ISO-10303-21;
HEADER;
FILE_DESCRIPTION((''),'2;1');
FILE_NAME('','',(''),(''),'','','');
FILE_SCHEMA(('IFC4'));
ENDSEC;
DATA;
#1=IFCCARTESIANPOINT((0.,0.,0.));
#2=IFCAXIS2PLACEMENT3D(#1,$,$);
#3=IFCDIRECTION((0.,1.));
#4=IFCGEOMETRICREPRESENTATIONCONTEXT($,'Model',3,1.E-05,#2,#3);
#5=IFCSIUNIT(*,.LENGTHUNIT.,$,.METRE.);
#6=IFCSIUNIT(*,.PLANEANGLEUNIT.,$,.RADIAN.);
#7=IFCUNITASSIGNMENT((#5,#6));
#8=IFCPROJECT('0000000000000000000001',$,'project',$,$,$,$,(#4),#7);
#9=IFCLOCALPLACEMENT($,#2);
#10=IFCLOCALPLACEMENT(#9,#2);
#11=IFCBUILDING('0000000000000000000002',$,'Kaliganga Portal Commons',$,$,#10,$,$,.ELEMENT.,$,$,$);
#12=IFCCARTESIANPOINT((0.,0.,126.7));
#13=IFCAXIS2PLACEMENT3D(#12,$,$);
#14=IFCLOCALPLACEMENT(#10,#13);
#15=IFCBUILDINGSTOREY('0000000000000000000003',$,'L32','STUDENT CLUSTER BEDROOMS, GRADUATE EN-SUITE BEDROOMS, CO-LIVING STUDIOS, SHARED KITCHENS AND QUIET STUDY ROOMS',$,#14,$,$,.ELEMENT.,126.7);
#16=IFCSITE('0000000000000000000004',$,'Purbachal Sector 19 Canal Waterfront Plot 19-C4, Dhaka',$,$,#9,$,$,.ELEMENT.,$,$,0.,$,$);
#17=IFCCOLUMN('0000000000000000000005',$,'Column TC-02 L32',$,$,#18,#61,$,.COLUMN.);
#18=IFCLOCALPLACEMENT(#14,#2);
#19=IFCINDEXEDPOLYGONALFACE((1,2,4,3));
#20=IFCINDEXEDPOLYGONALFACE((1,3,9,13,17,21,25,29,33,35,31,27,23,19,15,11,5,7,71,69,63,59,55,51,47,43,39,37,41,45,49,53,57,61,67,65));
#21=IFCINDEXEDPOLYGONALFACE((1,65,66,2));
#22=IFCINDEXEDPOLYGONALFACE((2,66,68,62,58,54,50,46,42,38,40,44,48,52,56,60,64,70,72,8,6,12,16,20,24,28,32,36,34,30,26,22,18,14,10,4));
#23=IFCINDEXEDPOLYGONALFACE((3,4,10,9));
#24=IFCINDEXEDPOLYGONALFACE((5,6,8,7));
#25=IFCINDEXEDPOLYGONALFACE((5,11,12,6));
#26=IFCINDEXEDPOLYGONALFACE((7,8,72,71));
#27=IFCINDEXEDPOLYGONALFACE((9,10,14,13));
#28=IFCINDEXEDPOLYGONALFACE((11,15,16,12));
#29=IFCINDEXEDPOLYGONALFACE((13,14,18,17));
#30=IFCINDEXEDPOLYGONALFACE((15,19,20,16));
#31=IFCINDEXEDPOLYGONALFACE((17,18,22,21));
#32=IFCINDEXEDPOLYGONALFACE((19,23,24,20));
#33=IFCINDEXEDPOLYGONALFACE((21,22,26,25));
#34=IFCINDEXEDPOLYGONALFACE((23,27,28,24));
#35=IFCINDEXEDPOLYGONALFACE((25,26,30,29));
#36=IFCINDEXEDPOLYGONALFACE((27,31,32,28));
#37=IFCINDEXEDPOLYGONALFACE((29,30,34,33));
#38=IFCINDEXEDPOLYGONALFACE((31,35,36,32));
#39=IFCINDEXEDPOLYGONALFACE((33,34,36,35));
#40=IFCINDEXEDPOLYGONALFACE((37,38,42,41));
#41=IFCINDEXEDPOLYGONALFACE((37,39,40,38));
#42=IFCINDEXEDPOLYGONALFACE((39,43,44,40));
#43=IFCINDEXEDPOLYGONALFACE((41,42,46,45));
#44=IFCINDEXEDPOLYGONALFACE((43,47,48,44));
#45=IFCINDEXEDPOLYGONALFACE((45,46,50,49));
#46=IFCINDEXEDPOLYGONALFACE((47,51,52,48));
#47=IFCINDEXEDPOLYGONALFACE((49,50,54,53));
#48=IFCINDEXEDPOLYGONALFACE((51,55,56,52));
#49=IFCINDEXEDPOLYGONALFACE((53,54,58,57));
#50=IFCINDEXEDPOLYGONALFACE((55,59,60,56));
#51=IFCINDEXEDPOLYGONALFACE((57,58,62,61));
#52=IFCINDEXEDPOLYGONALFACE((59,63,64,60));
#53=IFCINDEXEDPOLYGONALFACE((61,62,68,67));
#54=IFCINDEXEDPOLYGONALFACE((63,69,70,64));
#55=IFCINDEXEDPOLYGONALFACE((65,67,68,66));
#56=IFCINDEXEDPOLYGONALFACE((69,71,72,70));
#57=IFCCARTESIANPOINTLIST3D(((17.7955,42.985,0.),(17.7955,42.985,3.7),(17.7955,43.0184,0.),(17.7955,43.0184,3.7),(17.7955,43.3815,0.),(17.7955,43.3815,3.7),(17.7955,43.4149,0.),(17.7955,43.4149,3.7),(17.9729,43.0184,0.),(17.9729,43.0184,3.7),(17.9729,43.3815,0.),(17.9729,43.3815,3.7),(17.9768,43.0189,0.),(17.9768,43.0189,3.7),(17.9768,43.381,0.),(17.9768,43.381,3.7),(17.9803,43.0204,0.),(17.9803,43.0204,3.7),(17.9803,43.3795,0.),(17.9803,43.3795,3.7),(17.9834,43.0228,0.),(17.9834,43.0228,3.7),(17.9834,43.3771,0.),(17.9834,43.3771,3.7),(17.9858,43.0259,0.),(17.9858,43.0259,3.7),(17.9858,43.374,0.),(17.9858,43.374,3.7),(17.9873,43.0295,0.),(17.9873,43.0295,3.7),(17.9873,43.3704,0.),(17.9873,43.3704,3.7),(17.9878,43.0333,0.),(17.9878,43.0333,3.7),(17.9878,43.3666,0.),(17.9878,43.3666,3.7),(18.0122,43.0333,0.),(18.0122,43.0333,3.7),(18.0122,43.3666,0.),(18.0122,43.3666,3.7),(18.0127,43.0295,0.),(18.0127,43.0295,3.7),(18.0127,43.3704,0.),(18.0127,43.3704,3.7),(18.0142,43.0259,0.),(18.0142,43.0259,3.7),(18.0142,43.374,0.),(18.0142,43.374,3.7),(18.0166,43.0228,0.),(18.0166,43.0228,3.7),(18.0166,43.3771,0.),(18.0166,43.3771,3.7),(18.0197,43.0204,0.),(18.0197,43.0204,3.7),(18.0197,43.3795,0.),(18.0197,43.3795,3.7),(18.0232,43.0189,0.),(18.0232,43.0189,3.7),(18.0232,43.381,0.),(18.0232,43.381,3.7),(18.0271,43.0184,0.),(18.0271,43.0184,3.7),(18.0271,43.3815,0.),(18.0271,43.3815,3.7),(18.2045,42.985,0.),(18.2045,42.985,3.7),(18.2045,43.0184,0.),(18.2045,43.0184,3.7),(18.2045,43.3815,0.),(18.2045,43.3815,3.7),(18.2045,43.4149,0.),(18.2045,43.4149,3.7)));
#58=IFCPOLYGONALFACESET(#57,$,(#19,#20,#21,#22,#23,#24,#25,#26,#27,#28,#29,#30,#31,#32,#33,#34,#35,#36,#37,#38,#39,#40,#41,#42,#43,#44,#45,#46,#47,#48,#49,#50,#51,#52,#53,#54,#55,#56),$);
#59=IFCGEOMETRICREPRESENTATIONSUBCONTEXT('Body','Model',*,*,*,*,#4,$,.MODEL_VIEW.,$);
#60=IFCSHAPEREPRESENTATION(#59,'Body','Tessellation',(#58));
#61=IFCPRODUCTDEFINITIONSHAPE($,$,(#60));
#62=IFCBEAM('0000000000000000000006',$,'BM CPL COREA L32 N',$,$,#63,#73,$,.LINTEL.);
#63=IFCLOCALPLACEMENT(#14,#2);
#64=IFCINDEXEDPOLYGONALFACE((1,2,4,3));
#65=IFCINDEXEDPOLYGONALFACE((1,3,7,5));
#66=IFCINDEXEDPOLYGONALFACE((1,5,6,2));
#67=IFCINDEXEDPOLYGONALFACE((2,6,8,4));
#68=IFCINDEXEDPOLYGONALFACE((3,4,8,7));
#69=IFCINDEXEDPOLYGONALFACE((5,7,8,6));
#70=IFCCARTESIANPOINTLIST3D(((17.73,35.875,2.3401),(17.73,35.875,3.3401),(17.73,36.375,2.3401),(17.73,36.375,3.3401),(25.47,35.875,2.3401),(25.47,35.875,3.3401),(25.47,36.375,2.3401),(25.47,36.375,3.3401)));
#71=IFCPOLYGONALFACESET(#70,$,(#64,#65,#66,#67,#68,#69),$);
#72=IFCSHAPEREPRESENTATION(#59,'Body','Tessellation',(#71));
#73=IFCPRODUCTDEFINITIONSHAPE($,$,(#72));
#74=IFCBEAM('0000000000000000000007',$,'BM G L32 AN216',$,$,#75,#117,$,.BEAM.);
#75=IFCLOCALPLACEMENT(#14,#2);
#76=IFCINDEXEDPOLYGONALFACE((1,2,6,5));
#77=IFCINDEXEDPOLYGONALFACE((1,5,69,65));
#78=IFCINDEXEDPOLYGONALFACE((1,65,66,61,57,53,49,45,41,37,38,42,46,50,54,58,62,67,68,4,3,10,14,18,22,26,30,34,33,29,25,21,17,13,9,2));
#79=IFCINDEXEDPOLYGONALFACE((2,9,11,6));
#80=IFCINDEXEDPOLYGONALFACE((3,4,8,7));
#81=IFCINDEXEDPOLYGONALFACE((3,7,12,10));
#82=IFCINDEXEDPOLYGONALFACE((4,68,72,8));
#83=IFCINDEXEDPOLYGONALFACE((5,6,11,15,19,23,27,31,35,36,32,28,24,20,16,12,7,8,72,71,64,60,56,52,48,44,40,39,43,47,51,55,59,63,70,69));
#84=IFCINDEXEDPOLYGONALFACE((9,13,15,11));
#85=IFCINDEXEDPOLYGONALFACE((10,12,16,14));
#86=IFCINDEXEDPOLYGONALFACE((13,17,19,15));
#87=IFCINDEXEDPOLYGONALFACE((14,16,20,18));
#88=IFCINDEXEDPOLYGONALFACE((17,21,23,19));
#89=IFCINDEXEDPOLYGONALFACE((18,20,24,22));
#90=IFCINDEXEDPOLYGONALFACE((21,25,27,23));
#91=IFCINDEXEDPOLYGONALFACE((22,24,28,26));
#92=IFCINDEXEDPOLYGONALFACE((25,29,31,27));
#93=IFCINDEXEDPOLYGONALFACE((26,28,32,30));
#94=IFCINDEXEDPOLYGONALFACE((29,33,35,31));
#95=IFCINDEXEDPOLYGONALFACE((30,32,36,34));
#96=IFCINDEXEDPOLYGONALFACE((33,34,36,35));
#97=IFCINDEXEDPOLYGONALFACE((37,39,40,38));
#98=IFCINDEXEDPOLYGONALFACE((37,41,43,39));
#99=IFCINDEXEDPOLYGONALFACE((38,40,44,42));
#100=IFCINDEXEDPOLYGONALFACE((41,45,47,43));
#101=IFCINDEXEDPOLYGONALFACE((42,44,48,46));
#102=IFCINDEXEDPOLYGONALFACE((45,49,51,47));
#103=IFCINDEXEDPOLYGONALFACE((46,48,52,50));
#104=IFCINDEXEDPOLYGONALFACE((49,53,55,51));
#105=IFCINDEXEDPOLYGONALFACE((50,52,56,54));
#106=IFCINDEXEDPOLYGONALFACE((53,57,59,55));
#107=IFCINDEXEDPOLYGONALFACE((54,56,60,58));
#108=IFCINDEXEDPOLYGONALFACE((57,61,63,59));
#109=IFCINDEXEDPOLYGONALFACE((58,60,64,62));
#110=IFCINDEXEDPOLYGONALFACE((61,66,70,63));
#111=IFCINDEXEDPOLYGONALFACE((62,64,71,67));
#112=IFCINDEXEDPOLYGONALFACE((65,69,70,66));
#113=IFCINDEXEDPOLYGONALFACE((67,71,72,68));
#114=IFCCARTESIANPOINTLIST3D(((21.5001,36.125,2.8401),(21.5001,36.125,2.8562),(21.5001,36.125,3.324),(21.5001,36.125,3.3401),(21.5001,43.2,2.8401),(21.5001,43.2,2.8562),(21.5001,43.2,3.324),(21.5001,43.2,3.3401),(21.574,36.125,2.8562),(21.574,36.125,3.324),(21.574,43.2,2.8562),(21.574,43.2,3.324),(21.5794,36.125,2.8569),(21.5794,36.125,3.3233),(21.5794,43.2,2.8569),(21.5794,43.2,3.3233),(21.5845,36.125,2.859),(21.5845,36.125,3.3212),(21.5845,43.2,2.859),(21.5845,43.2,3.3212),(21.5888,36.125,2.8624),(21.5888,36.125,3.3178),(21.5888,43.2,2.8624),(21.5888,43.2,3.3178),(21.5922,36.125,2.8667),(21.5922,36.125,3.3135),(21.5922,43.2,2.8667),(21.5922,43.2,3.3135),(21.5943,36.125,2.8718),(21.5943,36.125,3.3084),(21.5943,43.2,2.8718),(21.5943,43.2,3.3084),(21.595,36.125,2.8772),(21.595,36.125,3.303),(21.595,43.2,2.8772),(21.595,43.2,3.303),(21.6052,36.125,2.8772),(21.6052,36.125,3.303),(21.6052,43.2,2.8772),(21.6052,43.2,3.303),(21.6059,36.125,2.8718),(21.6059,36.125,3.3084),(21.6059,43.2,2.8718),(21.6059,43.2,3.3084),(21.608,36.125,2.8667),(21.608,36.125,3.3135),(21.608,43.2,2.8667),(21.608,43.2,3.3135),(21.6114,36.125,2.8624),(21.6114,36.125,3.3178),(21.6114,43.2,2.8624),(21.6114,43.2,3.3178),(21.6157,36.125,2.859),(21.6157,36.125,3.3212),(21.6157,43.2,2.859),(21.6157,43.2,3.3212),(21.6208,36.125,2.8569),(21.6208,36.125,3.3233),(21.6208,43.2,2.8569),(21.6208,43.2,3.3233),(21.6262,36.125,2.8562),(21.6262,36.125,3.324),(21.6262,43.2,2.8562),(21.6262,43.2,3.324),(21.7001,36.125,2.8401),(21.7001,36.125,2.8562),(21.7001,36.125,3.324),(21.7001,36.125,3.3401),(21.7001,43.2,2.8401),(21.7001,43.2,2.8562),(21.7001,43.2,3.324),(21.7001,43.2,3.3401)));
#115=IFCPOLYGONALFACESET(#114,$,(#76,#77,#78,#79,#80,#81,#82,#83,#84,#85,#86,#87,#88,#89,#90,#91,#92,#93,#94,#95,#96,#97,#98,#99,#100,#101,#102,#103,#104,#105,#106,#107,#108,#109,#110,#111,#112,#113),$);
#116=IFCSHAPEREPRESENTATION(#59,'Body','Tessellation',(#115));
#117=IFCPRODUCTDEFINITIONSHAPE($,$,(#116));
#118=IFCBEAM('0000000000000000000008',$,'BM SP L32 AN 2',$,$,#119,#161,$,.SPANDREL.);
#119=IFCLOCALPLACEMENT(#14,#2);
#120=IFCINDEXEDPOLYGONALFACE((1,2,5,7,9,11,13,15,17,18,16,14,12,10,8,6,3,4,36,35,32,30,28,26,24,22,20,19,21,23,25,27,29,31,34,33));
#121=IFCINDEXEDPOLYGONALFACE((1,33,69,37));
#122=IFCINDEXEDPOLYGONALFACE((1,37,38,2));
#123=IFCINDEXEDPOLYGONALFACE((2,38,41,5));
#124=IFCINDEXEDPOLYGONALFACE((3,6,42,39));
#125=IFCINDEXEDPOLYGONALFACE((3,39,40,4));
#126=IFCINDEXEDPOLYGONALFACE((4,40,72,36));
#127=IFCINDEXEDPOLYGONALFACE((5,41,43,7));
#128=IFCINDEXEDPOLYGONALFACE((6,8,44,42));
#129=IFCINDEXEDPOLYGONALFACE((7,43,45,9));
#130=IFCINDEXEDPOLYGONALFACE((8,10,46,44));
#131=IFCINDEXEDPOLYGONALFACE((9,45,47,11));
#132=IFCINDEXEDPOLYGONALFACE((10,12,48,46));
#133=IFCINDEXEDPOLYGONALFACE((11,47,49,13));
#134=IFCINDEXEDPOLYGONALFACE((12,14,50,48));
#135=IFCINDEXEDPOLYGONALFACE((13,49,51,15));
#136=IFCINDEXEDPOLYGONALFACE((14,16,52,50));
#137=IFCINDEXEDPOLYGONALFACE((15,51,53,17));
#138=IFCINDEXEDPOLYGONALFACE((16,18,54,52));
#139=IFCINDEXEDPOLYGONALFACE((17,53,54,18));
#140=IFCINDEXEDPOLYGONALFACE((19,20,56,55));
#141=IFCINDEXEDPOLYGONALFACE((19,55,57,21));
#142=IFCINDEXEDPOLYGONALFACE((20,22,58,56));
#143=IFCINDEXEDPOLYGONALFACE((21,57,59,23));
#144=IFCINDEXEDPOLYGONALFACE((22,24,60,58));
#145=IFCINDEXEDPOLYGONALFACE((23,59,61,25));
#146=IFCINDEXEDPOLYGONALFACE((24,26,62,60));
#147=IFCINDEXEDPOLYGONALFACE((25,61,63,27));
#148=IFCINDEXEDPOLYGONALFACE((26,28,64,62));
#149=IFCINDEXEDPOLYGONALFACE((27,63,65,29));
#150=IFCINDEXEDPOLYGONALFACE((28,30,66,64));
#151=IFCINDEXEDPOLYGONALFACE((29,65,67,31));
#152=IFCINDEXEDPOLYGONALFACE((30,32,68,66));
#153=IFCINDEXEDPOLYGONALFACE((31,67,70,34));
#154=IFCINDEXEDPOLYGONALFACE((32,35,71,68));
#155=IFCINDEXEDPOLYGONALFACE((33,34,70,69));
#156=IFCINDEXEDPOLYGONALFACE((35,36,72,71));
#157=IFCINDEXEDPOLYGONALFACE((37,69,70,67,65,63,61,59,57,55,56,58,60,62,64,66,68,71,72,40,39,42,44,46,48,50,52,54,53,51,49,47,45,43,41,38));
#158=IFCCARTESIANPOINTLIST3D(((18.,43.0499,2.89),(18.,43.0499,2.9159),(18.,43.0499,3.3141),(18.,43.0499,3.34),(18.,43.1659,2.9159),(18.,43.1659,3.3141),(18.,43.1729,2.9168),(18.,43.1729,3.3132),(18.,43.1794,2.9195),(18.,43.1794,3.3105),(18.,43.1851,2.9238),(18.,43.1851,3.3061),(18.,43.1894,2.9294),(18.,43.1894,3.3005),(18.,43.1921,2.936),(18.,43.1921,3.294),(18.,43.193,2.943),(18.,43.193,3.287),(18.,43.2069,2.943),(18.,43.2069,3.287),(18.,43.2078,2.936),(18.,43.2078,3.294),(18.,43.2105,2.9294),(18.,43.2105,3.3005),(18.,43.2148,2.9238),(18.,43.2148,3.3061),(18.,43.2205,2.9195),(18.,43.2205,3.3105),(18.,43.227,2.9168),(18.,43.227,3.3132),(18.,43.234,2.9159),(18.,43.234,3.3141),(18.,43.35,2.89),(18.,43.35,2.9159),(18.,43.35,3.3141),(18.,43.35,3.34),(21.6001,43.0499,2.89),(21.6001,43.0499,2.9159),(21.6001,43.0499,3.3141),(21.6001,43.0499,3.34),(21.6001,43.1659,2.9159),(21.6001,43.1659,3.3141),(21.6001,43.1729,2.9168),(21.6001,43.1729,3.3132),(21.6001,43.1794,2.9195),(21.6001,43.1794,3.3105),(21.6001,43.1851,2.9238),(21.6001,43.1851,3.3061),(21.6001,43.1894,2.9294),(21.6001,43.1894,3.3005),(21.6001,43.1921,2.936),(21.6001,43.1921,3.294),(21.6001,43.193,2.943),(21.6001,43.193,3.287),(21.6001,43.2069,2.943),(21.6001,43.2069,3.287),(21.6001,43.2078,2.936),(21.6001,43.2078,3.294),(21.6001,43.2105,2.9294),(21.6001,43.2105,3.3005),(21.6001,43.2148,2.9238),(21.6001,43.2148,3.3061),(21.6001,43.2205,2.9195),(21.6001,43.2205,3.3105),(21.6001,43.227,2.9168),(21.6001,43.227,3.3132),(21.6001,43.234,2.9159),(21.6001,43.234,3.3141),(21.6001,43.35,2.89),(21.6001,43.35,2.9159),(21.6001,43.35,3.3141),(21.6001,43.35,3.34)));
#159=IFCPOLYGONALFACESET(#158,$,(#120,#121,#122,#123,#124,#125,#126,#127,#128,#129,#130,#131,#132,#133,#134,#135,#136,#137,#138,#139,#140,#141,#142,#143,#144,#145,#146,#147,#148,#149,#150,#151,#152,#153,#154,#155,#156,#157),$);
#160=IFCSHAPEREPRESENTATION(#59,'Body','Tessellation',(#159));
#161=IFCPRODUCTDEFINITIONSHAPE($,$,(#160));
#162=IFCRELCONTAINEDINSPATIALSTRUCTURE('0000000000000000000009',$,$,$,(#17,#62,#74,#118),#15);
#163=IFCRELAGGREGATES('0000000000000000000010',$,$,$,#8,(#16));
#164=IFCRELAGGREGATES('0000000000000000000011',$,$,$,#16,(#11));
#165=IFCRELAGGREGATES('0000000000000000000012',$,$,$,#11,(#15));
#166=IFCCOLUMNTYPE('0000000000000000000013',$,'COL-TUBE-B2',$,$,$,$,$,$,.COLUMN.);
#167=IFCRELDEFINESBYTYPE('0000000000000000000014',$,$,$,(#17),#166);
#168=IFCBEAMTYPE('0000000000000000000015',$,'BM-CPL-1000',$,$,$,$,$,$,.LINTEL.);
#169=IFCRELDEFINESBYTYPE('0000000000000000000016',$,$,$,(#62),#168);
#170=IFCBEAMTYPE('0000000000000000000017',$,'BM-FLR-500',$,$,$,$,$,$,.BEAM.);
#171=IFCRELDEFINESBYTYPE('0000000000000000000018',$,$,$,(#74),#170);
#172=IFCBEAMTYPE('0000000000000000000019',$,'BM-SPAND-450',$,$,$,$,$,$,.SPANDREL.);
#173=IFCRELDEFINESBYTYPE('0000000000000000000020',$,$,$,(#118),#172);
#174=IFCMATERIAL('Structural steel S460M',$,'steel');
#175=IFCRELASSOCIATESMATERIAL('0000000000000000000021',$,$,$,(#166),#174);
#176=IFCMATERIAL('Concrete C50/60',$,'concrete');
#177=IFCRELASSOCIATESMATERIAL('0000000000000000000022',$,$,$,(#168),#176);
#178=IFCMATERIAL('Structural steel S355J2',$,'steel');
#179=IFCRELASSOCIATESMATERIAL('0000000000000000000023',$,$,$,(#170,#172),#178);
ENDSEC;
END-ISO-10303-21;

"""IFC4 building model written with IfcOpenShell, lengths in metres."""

from ifc_helpers import new_model, si_unit, direction, frame, origin, origin_2d, place, context, subcontext, project, spatial, rectangle, i_section, extrude, source, transform, mapped, material, material_profile, profile_set, type_object, element, save


model = new_model("IFC4")

# Units and contexts
model_context = context("Model", 3, precision=1e-05, world=origin(), true_north=direction((0.0, 1.0)))
body_context = subcontext(model_context, "Body", "Model", "MODEL_VIEW")
ifc_project = project(units=[si_unit("LENGTHUNIT", "METRE"), si_unit("PLANEANGLEUNIT", "RADIAN")], contexts=[model_context])

# Site, building, storey
site_placement = place(None, origin())
site = spatial("IfcSite", under=ifc_project, at=site_placement, Name="Purbachal Sector 19 Canal Waterfront Plot 19-C4, Dhaka", CompositionType="ELEMENT", RefElevation=0.0)
building_placement = place(site_placement, origin())
building = spatial("IfcBuilding", under=site, at=building_placement, Name="Kaliganga Portal Commons", CompositionType="ELEMENT")
storey_placement = place(building_placement, frame((0.0, 0.0, 126.7)))
storey = spatial("IfcBuildingStorey", under=building, at=storey_placement, Name="L32", Description="STUDENT CLUSTER BEDROOMS, GRADUATE EN-SUITE BEDROOMS, CO-LIVING STUDIOS, SHARED KITCHENS AND QUIET STUDY ROOMS", CompositionType="ELEMENT", Elevation=126.7)

# Column
ifc_material_1 = material(Name="Structural steel S460M", Category="steel")
ifc_material_profile_1 = material_profile(ifc_material_1, i_section(OverallWidth=0.4089, OverallDepth=0.4299, WebThickness=0.0244, FlangeThickness=0.0334, FilletRadius=0.0149, at=origin_2d()), Name="HD 400x421")
ifc_profile_set_1 = profile_set([ifc_material_profile_1], Name="Structural steel S460M wide-flange")
column_type = type_object("IfcColumnType", Name="COL-TUBE-B2", PredefinedType="COLUMN", material=ifc_profile_set_1)
shared_shape_1 = source(origin(), body_context, "Body", "SweptSolid", [
    extrude(i_section(OverallWidth=0.4089, OverallDepth=0.4299, WebThickness=0.0244, FlangeThickness=0.0334, FilletRadius=0.0149, at=origin_2d()), origin(), (0.0, 0.0, 1.0), 3.7),
])
column_placement = place(storey_placement, frame((18.0, 43.2, 0.0), z_axis=(0.0, 0.0, 1.0), x_axis=(1.0, 0.0, 0.0)))
element("IfcColumn", 1, at=column_placement, inside=storey, type_object=column_type, Name="Column TC-02 L32", PredefinedType="COLUMN", context=body_context, shape_type="MappedRepresentation", body=[
    mapped(shared_shape_1, transform((0.0, 0.0, 0.0), x_axis=(1.0, 0.0, 0.0), y_axis=(0.0, 1.0, 0.0), z_axis=(0.0, 0.0, 1.0), scale=1.0)),
])

# Beams
ifc_material_2 = material(Name="Concrete C50/60", Category="concrete")
ifc_material_profile_2 = material_profile(ifc_material_2, rectangle(XDim=0.5, YDim=1.0, at=origin_2d()), Name="RC 500x1000")
ifc_profile_set_2 = profile_set([ifc_material_profile_2], Name="Concrete C50/60")
beam_type_1 = type_object("IfcBeamType", Name="BM-CPL-1000", PredefinedType="LINTEL", material=ifc_profile_set_2)
shared_shape_2 = source(origin(), body_context, "Body", "SweptSolid", [
    extrude(rectangle(XDim=0.5, YDim=1.0, at=origin_2d()), origin(), (0.0, 0.0, 1.0), 7.74),
])
beam_1_placement = place(storey_placement, frame((17.73, 36.125, 2.8401), z_axis=(1.0, 0.0, 0.0), x_axis=(0.0, 1.0, 0.0)))
element("IfcBeam", 2, at=beam_1_placement, inside=storey, type_object=beam_type_1, Name="BM CPL COREA L32 N", PredefinedType="LINTEL", context=body_context, shape_type="MappedRepresentation", body=[
    mapped(shared_shape_2, transform((0.0, 0.0, 0.0), x_axis=(1.0, 0.0, 0.0), y_axis=(0.0, 1.0, 0.0), z_axis=(0.0, 0.0, 1.0), scale=1.0)),
])
ifc_material_3 = material(Name="Structural steel S355J2", Category="steel")
ifc_material_profile_3 = material_profile(ifc_material_3, i_section(OverallWidth=0.2, OverallDepth=0.5, WebThickness=0.0103, FlangeThickness=0.0161, FilletRadius=0.021, at=origin_2d()), Name="IPE 500")
ifc_profile_set_3 = profile_set([ifc_material_profile_3], Name="Structural steel S355J2 wide-flange")
beam_type_2 = type_object("IfcBeamType", Name="BM-FLR-500", PredefinedType="BEAM", material=ifc_profile_set_3)
shared_shape_3 = source(origin(), body_context, "Body", "SweptSolid", [
    extrude(i_section(OverallWidth=0.2, OverallDepth=0.5, WebThickness=0.0103, FlangeThickness=0.0161, FilletRadius=0.021, at=origin_2d()), origin(), (0.0, 0.0, 1.0), 7.075),
])
beam_2_placement = place(storey_placement, frame((21.6001, 36.125, 3.0901), z_axis=(0.0, 1.0, 0.0), x_axis=(-1.0, 0.0, 0.0)))
element("IfcBeam", 3, at=beam_2_placement, inside=storey, type_object=beam_type_2, Name="BM G L32 AN216", PredefinedType="BEAM", context=body_context, shape_type="MappedRepresentation", body=[
    mapped(shared_shape_3, transform((0.0, 0.0, 0.0), x_axis=(1.0, 0.0, 0.0), y_axis=(0.0, 1.0, 0.0), z_axis=(0.0, 0.0, 1.0), scale=1.0)),
])
ifc_material_profile_4 = material_profile(ifc_material_3, i_section(OverallWidth=0.3, OverallDepth=0.45, WebThickness=0.0139, FlangeThickness=0.0259, FilletRadius=0.0271, at=origin_2d()), Name="HE 450 B")
ifc_profile_set_4 = profile_set([ifc_material_profile_4], Name="Structural steel S355J2 wide-flange")
beam_type_3 = type_object("IfcBeamType", Name="BM-SPAND-450", PredefinedType="SPANDREL", material=ifc_profile_set_4)
shared_shape_4 = source(origin(), body_context, "Body", "SweptSolid", [
    extrude(i_section(OverallWidth=0.3, OverallDepth=0.45, WebThickness=0.0139, FlangeThickness=0.0259, FilletRadius=0.0271, at=origin_2d()), origin(), (0.0, 0.0, 1.0), 3.6001),
])
beam_3_placement = place(storey_placement, frame((18.0, 43.2, 3.115), z_axis=(1.0, 0.0, 0.0), x_axis=(0.0, 1.0, 0.0)))
element("IfcBeam", 4, at=beam_3_placement, inside=storey, type_object=beam_type_3, Name="BM SP L32 AN 2", PredefinedType="SPANDREL", context=body_context, shape_type="MappedRepresentation", body=[
    mapped(shared_shape_4, transform((0.0, 0.0, 0.0), x_axis=(1.0, 0.0, 0.0), y_axis=(0.0, 1.0, 0.0), z_axis=(0.0, 0.0, 1.0), scale=1.0)),
])

save(model, "model.ifc")
